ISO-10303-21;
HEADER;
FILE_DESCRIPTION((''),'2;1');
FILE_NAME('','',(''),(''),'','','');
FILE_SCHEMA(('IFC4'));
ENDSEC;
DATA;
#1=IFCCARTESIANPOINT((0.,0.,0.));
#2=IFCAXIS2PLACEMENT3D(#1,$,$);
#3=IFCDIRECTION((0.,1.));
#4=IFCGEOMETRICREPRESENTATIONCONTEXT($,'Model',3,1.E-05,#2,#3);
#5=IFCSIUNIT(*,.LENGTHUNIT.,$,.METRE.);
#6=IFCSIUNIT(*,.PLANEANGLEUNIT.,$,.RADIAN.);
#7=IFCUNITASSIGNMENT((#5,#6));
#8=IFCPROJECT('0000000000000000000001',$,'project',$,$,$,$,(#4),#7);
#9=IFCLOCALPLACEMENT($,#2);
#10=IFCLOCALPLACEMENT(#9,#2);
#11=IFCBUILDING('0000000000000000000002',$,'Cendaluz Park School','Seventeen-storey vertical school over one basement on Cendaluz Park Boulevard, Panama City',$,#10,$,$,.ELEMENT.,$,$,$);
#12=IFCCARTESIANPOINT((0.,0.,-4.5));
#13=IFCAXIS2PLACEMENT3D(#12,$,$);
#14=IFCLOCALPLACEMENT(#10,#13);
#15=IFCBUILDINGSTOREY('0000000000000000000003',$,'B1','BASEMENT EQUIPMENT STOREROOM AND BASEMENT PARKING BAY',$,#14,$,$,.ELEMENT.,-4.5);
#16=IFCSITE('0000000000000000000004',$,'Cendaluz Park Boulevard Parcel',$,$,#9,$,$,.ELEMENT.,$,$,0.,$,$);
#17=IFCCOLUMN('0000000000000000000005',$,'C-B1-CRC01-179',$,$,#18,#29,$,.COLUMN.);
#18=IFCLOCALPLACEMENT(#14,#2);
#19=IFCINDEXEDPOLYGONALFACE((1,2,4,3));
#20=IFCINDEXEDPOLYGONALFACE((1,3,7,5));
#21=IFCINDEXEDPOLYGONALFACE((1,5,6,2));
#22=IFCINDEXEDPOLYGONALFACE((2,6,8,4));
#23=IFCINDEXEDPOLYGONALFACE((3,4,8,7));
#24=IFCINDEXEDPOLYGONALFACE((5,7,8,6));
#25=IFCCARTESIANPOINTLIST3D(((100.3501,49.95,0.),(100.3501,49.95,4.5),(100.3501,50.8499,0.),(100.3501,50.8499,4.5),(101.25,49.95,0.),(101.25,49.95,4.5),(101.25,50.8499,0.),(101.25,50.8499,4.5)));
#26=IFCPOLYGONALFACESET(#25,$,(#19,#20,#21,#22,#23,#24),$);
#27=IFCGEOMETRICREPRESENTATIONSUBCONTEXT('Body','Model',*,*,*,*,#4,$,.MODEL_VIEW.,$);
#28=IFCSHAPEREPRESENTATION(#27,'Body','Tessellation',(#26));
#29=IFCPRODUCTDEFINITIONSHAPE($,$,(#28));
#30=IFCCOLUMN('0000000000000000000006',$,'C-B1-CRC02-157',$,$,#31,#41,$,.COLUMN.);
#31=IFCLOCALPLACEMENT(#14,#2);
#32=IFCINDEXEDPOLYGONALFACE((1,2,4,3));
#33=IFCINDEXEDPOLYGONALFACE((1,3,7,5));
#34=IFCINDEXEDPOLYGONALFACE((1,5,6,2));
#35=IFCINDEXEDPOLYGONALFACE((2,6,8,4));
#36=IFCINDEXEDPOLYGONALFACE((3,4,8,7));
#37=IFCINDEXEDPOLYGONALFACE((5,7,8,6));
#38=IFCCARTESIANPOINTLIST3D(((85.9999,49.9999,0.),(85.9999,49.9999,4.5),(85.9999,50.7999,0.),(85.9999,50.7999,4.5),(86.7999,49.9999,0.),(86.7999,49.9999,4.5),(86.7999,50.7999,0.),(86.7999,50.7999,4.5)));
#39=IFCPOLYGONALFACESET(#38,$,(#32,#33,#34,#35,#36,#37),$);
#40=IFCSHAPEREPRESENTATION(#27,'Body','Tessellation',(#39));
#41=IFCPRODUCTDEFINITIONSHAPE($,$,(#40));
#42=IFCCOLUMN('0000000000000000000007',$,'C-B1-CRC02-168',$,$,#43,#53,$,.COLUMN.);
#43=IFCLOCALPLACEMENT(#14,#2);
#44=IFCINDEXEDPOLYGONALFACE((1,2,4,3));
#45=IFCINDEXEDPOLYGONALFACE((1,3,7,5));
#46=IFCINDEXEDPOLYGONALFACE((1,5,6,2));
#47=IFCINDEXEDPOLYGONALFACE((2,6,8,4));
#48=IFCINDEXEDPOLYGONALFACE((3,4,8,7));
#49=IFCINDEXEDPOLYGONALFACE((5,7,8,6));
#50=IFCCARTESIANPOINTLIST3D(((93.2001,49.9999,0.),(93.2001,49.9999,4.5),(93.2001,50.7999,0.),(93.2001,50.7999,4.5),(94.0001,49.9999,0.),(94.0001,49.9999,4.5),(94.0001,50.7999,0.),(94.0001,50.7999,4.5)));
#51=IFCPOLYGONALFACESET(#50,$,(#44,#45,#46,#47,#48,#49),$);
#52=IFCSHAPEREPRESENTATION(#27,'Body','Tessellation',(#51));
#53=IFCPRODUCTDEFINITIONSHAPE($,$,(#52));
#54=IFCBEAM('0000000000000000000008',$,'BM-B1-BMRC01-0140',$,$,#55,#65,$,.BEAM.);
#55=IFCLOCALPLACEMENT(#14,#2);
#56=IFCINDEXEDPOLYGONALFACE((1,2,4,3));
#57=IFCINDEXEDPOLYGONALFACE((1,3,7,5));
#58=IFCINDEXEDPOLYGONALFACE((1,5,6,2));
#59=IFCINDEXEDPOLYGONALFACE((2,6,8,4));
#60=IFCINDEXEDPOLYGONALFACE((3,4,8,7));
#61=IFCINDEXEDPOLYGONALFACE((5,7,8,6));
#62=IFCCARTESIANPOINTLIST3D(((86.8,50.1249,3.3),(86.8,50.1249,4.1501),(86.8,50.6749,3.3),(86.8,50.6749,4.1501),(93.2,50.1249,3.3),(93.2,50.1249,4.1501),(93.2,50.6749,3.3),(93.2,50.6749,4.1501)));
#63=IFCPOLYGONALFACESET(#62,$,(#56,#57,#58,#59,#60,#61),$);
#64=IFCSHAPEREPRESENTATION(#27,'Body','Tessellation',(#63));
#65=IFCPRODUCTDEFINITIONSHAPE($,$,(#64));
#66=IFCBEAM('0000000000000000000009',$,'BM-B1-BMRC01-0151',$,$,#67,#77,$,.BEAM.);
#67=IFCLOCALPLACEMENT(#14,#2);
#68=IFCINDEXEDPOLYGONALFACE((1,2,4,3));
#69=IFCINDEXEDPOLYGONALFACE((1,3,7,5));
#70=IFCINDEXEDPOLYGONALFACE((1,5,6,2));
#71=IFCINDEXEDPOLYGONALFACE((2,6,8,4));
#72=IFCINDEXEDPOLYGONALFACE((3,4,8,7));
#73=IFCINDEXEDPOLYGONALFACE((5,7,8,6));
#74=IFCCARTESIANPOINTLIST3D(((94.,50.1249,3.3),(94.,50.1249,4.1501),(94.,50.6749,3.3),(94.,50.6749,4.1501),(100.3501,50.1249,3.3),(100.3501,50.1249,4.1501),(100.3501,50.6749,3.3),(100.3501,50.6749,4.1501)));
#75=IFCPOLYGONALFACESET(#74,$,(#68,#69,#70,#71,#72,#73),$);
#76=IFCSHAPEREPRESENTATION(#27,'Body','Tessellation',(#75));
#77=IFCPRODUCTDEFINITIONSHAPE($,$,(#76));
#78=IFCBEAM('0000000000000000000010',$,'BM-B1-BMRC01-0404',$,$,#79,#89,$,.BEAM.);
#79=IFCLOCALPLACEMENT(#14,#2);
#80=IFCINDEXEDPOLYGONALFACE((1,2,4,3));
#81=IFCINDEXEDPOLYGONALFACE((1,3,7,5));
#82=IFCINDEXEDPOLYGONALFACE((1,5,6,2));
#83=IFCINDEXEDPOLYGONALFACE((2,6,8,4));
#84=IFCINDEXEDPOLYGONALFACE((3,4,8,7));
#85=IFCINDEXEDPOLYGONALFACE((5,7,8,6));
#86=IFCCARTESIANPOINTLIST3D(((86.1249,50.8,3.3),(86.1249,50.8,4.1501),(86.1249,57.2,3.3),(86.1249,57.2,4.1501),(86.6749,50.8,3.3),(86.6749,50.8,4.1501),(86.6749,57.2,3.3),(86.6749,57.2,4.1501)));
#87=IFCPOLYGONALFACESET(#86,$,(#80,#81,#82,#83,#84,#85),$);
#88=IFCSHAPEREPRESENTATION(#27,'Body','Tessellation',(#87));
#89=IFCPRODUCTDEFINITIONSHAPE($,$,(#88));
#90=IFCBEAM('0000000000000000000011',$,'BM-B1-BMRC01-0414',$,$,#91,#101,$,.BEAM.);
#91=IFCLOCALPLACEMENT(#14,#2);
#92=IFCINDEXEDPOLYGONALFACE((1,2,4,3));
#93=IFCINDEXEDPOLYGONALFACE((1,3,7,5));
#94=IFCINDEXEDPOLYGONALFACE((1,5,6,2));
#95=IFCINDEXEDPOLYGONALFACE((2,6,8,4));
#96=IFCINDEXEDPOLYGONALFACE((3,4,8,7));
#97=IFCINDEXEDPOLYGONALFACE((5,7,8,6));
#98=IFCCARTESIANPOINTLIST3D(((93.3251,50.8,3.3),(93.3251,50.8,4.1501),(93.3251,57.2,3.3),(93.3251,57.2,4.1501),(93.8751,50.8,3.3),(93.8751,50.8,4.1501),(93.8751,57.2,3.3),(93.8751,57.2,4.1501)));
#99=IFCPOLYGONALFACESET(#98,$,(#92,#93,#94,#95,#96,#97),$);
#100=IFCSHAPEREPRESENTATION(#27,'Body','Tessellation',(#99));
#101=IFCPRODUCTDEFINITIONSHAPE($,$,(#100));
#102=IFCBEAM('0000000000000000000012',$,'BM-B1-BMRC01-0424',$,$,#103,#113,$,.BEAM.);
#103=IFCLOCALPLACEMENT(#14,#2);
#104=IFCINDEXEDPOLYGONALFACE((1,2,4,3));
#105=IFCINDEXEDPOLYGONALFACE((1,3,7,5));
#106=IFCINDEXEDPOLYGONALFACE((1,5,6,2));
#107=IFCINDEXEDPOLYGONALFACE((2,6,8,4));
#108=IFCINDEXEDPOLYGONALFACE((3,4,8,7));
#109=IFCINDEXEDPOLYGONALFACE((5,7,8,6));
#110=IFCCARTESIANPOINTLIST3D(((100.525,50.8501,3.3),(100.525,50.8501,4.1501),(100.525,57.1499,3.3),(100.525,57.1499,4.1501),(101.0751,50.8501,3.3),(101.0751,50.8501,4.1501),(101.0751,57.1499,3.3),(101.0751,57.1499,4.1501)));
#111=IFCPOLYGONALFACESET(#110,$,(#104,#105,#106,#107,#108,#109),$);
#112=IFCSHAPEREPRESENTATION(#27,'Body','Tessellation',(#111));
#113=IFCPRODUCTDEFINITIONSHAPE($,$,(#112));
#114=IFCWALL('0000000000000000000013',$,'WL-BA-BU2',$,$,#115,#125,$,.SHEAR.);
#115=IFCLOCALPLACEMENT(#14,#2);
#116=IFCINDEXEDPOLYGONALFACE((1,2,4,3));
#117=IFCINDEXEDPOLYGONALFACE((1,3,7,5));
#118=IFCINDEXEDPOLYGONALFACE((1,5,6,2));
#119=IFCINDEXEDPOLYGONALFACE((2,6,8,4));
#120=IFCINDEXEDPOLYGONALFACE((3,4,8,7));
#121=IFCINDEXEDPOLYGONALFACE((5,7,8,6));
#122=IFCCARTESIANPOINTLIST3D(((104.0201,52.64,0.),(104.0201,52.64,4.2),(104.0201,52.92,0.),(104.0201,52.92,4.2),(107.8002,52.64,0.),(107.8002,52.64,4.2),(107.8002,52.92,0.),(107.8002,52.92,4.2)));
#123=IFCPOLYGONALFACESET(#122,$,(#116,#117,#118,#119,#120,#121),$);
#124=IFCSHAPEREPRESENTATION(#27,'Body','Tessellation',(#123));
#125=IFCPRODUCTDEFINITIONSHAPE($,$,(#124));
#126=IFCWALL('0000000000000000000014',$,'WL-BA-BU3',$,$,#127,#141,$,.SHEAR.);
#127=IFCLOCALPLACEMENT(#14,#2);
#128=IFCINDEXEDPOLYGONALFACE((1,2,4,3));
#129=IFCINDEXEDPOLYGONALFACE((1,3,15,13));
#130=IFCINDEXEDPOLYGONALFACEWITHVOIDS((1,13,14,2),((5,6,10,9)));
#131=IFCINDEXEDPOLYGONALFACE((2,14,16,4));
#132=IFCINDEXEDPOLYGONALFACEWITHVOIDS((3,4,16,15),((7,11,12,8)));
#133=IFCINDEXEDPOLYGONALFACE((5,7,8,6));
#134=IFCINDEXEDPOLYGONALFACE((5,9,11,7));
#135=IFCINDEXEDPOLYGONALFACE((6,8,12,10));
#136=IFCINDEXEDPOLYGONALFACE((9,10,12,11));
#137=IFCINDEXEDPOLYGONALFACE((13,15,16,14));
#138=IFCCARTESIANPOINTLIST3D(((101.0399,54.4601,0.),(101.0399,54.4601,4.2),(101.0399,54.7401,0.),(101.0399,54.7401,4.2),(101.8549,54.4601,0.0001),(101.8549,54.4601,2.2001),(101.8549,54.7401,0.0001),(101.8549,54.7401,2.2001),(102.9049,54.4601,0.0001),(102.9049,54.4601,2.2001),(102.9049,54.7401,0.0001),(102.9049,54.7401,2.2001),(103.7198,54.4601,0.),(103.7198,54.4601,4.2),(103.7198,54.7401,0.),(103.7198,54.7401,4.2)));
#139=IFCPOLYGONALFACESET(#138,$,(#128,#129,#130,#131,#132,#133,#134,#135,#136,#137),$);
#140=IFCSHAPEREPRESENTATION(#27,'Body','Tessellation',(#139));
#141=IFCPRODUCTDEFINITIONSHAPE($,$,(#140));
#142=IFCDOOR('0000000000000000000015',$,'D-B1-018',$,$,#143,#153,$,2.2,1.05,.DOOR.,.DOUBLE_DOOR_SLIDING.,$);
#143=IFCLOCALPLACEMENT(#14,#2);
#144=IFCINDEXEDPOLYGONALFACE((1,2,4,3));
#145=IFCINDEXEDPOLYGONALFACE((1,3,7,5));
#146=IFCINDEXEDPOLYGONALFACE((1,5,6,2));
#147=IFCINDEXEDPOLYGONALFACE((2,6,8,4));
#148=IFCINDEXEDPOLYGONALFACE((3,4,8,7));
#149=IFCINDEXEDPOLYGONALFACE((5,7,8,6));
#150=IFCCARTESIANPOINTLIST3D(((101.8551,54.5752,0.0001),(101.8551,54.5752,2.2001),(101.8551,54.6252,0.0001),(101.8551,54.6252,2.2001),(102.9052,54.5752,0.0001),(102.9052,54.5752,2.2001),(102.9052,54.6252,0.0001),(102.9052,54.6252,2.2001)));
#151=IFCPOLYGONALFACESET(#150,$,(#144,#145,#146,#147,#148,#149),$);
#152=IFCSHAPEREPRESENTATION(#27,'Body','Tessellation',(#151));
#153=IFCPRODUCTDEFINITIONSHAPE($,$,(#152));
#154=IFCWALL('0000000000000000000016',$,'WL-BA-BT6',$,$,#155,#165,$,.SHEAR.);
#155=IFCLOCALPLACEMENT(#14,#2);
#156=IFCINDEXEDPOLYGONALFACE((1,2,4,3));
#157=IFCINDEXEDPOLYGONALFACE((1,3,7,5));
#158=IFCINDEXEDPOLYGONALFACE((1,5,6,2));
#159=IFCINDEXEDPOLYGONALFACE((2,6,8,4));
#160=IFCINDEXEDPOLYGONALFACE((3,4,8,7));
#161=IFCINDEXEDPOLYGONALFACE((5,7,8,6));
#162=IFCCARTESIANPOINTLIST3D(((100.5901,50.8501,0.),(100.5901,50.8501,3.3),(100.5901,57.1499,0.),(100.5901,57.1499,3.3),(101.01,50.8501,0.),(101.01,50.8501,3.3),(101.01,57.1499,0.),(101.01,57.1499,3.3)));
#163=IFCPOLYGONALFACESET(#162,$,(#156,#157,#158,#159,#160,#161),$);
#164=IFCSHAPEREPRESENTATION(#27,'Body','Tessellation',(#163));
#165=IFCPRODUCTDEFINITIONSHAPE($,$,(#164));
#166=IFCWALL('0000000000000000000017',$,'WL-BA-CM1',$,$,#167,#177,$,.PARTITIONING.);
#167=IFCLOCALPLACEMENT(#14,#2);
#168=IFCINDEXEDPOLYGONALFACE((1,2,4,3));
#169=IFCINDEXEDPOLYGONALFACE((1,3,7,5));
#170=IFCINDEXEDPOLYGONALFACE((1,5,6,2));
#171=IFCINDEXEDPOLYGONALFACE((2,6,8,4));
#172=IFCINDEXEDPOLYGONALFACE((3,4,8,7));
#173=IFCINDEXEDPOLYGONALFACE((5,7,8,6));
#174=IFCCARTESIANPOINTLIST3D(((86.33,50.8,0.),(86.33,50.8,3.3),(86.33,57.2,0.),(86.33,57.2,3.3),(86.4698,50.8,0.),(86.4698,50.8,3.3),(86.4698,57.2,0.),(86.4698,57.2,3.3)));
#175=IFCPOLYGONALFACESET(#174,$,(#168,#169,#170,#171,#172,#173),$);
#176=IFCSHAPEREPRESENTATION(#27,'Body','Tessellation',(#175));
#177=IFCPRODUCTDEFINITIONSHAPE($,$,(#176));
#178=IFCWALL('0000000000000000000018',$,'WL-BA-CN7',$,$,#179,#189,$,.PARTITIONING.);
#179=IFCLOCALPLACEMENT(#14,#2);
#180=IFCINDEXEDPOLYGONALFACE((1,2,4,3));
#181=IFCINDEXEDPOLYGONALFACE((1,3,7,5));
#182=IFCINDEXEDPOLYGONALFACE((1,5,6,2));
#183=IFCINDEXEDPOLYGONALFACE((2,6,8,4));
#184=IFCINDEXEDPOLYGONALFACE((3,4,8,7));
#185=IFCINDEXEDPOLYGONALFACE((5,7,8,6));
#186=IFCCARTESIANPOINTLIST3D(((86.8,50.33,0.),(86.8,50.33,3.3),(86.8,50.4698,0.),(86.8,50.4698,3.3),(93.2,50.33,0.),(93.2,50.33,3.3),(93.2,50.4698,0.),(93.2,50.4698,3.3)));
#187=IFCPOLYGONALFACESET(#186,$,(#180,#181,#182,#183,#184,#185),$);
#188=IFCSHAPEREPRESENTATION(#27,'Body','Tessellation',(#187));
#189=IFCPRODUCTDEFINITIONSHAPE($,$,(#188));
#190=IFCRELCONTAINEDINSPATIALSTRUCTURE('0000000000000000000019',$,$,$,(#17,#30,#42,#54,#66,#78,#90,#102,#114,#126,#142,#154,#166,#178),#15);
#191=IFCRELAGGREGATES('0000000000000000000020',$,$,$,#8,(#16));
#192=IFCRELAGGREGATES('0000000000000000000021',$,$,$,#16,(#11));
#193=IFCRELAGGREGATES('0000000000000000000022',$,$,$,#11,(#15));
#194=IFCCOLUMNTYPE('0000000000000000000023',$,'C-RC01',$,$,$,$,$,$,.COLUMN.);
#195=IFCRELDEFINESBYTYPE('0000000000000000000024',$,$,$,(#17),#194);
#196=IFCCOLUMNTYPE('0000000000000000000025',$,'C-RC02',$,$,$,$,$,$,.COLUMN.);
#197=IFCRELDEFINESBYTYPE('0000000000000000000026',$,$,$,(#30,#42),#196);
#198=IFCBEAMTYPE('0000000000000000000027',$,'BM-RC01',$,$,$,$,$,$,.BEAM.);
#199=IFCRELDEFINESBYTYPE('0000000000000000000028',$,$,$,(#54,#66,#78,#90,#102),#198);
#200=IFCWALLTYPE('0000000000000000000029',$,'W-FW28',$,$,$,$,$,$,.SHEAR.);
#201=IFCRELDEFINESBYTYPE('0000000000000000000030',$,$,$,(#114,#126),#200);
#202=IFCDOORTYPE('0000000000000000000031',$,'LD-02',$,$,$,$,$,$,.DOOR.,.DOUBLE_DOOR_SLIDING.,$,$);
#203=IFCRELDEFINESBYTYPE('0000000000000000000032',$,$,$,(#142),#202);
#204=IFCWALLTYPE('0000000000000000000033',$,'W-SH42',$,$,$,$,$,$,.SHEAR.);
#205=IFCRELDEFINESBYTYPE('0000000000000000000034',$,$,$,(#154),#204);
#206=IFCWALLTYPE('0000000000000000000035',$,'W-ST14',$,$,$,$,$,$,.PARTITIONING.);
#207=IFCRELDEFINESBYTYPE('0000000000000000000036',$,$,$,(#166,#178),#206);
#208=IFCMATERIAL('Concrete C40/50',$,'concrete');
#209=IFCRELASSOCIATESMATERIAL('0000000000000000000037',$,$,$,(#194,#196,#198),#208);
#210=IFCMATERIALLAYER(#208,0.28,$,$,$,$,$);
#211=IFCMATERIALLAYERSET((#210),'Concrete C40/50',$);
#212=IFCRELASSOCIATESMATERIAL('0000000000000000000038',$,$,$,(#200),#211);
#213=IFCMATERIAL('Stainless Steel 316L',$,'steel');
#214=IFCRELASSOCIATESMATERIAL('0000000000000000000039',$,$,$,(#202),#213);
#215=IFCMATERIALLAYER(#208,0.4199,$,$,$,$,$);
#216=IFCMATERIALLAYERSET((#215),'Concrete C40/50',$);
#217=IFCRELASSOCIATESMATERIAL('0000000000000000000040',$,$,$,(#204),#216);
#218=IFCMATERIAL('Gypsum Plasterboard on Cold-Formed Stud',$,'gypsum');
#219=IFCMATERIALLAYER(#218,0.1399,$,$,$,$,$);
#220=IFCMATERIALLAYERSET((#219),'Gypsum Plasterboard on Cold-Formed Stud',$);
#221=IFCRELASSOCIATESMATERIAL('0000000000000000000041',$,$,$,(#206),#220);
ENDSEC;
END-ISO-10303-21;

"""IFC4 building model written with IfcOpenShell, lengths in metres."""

from ifc_helpers import new_model, si_unit, direction, frame, frame_2d, origin, origin_2d, place, context, subcontext, project, spatial, rectangle, extrude, material, layer, layer_set, material_profile, profile_set, type_object, element, fill, save


model = new_model("IFC4")

# Units and contexts
model_context = context("Model", 3, precision=1e-05, world=origin(), true_north=direction((0.0, 1.0)))
body_context = subcontext(model_context, "Body", "Model", "MODEL_VIEW")
ifc_project = project(units=[si_unit("LENGTHUNIT", "METRE"), si_unit("PLANEANGLEUNIT", "RADIAN")], contexts=[model_context])

# Site, building, storey
site_placement = place(None, origin())
site = spatial("IfcSite", under=ifc_project, at=site_placement, Name="Cendaluz Park Boulevard Parcel", CompositionType="ELEMENT", RefElevation=0.0)
building_placement = place(site_placement, origin())
building = spatial("IfcBuilding", under=site, at=building_placement, Name="Cendaluz Park School", Description="Seventeen-storey vertical school over one basement on Cendaluz Park Boulevard, Panama City", CompositionType="ELEMENT")
storey_placement = place(building_placement, frame((0.0, 0.0, -4.5)))
storey = spatial("IfcBuildingStorey", under=building, at=storey_placement, Name="B1", Description="BASEMENT EQUIPMENT STOREROOM AND BASEMENT PARKING BAY", CompositionType="ELEMENT", Elevation=-4.5)

# Shared definitions
ifc_material_1 = material(Name="Concrete C40/50", Category="concrete")

# Columns
ifc_material_profile_1 = material_profile(ifc_material_1, rectangle(XDim=0.8999, YDim=0.8999, at=origin_2d()), Name="RC 900x900", Category="concrete")
ifc_profile_set_1 = profile_set([ifc_material_profile_1], Name="Concrete C40/50")
column_type_1 = type_object("IfcColumnType", Name="C-RC01", PredefinedType="COLUMN", material=ifc_profile_set_1)
column_placement = place(storey_placement, frame((100.8, 50.3999, 0.0), z_axis=(0.0, 0.0, 1.0), x_axis=(1.0, 0.0, 0.0)))
element("IfcColumn", 1, at=column_placement, inside=storey, type_object=column_type_1, Name="C-B1-CRC01-179", PredefinedType="COLUMN", context=body_context, shape_type="SweptSolid", body=[
    extrude(rectangle(XDim=0.8999, YDim=0.8999, at=origin_2d()), origin(), (0.0, 0.0, 1.0), 4.5),
])
ifc_material_profile_2 = material_profile(ifc_material_1, rectangle(XDim=0.8, YDim=0.8, at=origin_2d()), Name="RC 800x800", Category="concrete")
ifc_profile_set_2 = profile_set([ifc_material_profile_2], Name="Concrete C40/50")
column_type_2 = type_object("IfcColumnType", Name="C-RC02", PredefinedType="COLUMN", material=ifc_profile_set_2)
for number, where, z_axis, x_axis, name in (
    (2, (86.3999, 50.3999, 0.0), (0.0, 0.0, 1.0), (1.0, 0.0, 0.0), "C-B1-CRC02-157"),
    (3, (93.6001, 50.3999, 0.0), (0.0, 0.0, 1.0), (1.0, 0.0, 0.0), "C-B1-CRC02-168"),
):
    element("IfcColumn", number, at=place(storey_placement, frame(where, z_axis=z_axis, x_axis=x_axis)), inside=storey, type_object=column_type_2, Name=name, PredefinedType="COLUMN", context=body_context, shape_type="SweptSolid", body=[
        extrude(rectangle(XDim=0.8, YDim=0.8, at=origin_2d()), origin(), (0.0, 0.0, 1.0), 4.5),
    ])

# Beams
ifc_material_profile_3 = material_profile(ifc_material_1, rectangle(XDim=0.55, YDim=0.8501, at=origin_2d()), Name="RC 550x850", Category="concrete")
ifc_profile_set_3 = profile_set([ifc_material_profile_3], Name="Concrete C40/50")
beam_type = type_object("IfcBeamType", Name="BM-RC01", PredefinedType="BEAM", material=ifc_profile_set_3)
beam_1_placement = place(storey_placement, frame((86.8, 50.3999, 3.7251), z_axis=(1.0, 0.0, 0.0), x_axis=(0.0, 1.0, 0.0)))
element("IfcBeam", 4, at=beam_1_placement, inside=storey, type_object=beam_type, Name="BM-B1-BMRC01-0140", PredefinedType="BEAM", context=body_context, shape_type="SweptSolid", body=[
    extrude(rectangle(XDim=0.55, YDim=0.8501, at=origin_2d()), origin(), (0.0, 0.0, 1.0), 6.3999),
])
beam_2_placement = place(storey_placement, frame((94.0, 50.3999, 3.7251), z_axis=(1.0, 0.0, 0.0), x_axis=(0.0, 1.0, 0.0)))
element("IfcBeam", 5, at=beam_2_placement, inside=storey, type_object=beam_type, Name="BM-B1-BMRC01-0151", PredefinedType="BEAM", context=body_context, shape_type="SweptSolid", body=[
    extrude(rectangle(XDim=0.55, YDim=0.8501, at=origin_2d()), origin(), (0.0, 0.0, 1.0), 6.3501),
])
for number, where, z_axis, x_axis, name in (
    (6, (86.3999, 50.8, 3.7251), (0.0, 1.0, 0.0), (-1.0, 0.0, 0.0), "BM-B1-BMRC01-0404"),
    (7, (93.6001, 50.8, 3.7251), (0.0, 1.0, 0.0), (-1.0, 0.0, 0.0), "BM-B1-BMRC01-0414"),
):
    element("IfcBeam", number, at=place(storey_placement, frame(where, z_axis=z_axis, x_axis=x_axis)), inside=storey, type_object=beam_type, Name=name, PredefinedType="BEAM", context=body_context, shape_type="SweptSolid", body=[
        extrude(rectangle(XDim=0.55, YDim=0.8501, at=origin_2d()), origin(), (0.0, 0.0, 1.0), 6.3999),
    ])
beam_3_placement = place(storey_placement, frame((100.8, 50.8501, 3.7251), z_axis=(0.0, 1.0, 0.0), x_axis=(-1.0, 0.0, 0.0)))
element("IfcBeam", 8, at=beam_3_placement, inside=storey, type_object=beam_type, Name="BM-B1-BMRC01-0424", PredefinedType="BEAM", context=body_context, shape_type="SweptSolid", body=[
    extrude(rectangle(XDim=0.55, YDim=0.8501, at=origin_2d()), origin(), (0.0, 0.0, 1.0), 6.2998),
])

# Wall
ifc_layer_1 = layer(ifc_material_1, 0.28)
ifc_layer_set_1 = layer_set([ifc_layer_1], Name="Concrete C40/50")
wall_type_1 = type_object("IfcWallType", Name="W-FW28", PredefinedType="SHEAR", material=ifc_layer_set_1)
wall_1_placement = place(storey_placement, frame((104.02, 52.78, 0.0), z_axis=(0.0, 0.0, 1.0), x_axis=(1.0, 0.0, 0.0)))
element("IfcWall", 9, at=wall_1_placement, inside=storey, type_object=wall_type_1, Name="WL-BA-BU2", PredefinedType="SHEAR", context=body_context, shape_type="SweptSolid", body=[
    extrude(rectangle(XDim=3.78, YDim=0.28, at=frame_2d((1.8901, 0.0))), origin(), (0.0, 0.0, 1.0), 4.2),
])

# Wall, opening, door
wall_2_placement = place(storey_placement, frame((101.04, 54.6001, 0.0), z_axis=(0.0, 0.0, 1.0), x_axis=(1.0, 0.0, 0.0)))
wall_2 = element("IfcWall", 10, at=wall_2_placement, inside=storey, type_object=wall_type_1, Name="WL-BA-BU3", PredefinedType="SHEAR", context=body_context, shape_type="SweptSolid", body=[
    extrude(rectangle(XDim=2.6799, YDim=0.28, at=frame_2d((1.3398, 0.0))), origin(), (0.0, 0.0, 1.0), 4.2),
])
opening_1_placement = place(wall_2_placement, frame((0.8149, 0.0, 0.0)))
opening_1 = element("IfcOpeningElement", 11, at=opening_1_placement, cuts=wall_2, PredefinedType="OPENING", context=body_context, shape_type="SweptSolid", body=[
    extrude(rectangle(XDim=1.05, YDim=2.2, at=frame_2d((0.5249, 1.1001))), frame((0.0, 0.1521, 0.0), z_axis=(0.0, -1.0, 0.0), x_axis=(1.0, 0.0, 0.0)), (0.0, 0.0, 1.0), 0.304),
])
ifc_material_2 = material(Name="Stainless Steel 316L", Category="steel")
door_type_1 = type_object("IfcDoorType", Name="LD-02", OperationType="DOUBLE_DOOR_SLIDING", PredefinedType="DOOR", material=ifc_material_2)
door_1_placement = place(opening_1_placement, frame((1.05, 0.0, 0.0), z_axis=(0.0, 0.0, 1.0), x_axis=(-1.0, 0.0, 0.0)))
door_1 = element("IfcDoor", 12, at=door_1_placement, inside=storey, type_object=door_type_1, Name="D-B1-018", OperationType="DOUBLE_DOOR_SLIDING", OverallHeight=2.2, OverallWidth=1.05, PredefinedType="DOOR", context=body_context, shape_type="SweptSolid", body=[
    extrude(rectangle(XDim=1.05, YDim=2.2, at=frame_2d((0.5249, 1.1001))), frame((0.0, 0.0249, 0.0), z_axis=(0.0, -1.0, 0.0), x_axis=(1.0, 0.0, 0.0)), (0.0, 0.0, 1.0), 0.05),
])
fill(opening_1, door_1)

# Walls
ifc_layer_2 = layer(ifc_material_1, 0.4199)
ifc_layer_set_2 = layer_set([ifc_layer_2], Name="Concrete C40/50")
wall_type_2 = type_object("IfcWallType", Name="W-SH42", PredefinedType="SHEAR", material=ifc_layer_set_2)
wall_3_placement = place(storey_placement, frame((100.8, 50.8501, 0.0), z_axis=(0.0, 0.0, 1.0), x_axis=(0.0, 1.0, 0.0)))
element("IfcWall", 13, at=wall_3_placement, inside=storey, type_object=wall_type_2, Name="WL-BA-BT6", PredefinedType="SHEAR", context=body_context, shape_type="SweptSolid", body=[
    extrude(rectangle(XDim=6.2998, YDim=0.4199, at=frame_2d((3.1499, 0.0))), origin(), (0.0, 0.0, 1.0), 3.3),
])
ifc_material_3 = material(Name="Gypsum Plasterboard on Cold-Formed Stud", Category="gypsum")
ifc_layer_3 = layer(ifc_material_3, 0.1399)
ifc_layer_set_3 = layer_set([ifc_layer_3], Name="Gypsum Plasterboard on Cold-Formed Stud")
wall_type_3 = type_object("IfcWallType", Name="W-ST14", PredefinedType="PARTITIONING", material=ifc_layer_set_3)
for number, where, z_axis, x_axis, name in (
    (14, (86.3999, 50.8, 0.0), (0.0, 0.0, 1.0), (0.0, 1.0, 0.0), "WL-BA-CM1"),
    (15, (86.8, 50.3999, 0.0), (0.0, 0.0, 1.0), (1.0, 0.0, 0.0), "WL-BA-CN7"),
):
    element("IfcWall", number, at=place(storey_placement, frame(where, z_axis=z_axis, x_axis=x_axis)), inside=storey, type_object=wall_type_3, Name=name, PredefinedType="PARTITIONING", context=body_context, shape_type="SweptSolid", body=[
        extrude(rectangle(XDim=6.3999, YDim=0.1399, at=frame_2d((3.2, 0.0))), origin(), (0.0, 0.0, 1.0), 3.3),
    ])

save(model, "model.ifc")
